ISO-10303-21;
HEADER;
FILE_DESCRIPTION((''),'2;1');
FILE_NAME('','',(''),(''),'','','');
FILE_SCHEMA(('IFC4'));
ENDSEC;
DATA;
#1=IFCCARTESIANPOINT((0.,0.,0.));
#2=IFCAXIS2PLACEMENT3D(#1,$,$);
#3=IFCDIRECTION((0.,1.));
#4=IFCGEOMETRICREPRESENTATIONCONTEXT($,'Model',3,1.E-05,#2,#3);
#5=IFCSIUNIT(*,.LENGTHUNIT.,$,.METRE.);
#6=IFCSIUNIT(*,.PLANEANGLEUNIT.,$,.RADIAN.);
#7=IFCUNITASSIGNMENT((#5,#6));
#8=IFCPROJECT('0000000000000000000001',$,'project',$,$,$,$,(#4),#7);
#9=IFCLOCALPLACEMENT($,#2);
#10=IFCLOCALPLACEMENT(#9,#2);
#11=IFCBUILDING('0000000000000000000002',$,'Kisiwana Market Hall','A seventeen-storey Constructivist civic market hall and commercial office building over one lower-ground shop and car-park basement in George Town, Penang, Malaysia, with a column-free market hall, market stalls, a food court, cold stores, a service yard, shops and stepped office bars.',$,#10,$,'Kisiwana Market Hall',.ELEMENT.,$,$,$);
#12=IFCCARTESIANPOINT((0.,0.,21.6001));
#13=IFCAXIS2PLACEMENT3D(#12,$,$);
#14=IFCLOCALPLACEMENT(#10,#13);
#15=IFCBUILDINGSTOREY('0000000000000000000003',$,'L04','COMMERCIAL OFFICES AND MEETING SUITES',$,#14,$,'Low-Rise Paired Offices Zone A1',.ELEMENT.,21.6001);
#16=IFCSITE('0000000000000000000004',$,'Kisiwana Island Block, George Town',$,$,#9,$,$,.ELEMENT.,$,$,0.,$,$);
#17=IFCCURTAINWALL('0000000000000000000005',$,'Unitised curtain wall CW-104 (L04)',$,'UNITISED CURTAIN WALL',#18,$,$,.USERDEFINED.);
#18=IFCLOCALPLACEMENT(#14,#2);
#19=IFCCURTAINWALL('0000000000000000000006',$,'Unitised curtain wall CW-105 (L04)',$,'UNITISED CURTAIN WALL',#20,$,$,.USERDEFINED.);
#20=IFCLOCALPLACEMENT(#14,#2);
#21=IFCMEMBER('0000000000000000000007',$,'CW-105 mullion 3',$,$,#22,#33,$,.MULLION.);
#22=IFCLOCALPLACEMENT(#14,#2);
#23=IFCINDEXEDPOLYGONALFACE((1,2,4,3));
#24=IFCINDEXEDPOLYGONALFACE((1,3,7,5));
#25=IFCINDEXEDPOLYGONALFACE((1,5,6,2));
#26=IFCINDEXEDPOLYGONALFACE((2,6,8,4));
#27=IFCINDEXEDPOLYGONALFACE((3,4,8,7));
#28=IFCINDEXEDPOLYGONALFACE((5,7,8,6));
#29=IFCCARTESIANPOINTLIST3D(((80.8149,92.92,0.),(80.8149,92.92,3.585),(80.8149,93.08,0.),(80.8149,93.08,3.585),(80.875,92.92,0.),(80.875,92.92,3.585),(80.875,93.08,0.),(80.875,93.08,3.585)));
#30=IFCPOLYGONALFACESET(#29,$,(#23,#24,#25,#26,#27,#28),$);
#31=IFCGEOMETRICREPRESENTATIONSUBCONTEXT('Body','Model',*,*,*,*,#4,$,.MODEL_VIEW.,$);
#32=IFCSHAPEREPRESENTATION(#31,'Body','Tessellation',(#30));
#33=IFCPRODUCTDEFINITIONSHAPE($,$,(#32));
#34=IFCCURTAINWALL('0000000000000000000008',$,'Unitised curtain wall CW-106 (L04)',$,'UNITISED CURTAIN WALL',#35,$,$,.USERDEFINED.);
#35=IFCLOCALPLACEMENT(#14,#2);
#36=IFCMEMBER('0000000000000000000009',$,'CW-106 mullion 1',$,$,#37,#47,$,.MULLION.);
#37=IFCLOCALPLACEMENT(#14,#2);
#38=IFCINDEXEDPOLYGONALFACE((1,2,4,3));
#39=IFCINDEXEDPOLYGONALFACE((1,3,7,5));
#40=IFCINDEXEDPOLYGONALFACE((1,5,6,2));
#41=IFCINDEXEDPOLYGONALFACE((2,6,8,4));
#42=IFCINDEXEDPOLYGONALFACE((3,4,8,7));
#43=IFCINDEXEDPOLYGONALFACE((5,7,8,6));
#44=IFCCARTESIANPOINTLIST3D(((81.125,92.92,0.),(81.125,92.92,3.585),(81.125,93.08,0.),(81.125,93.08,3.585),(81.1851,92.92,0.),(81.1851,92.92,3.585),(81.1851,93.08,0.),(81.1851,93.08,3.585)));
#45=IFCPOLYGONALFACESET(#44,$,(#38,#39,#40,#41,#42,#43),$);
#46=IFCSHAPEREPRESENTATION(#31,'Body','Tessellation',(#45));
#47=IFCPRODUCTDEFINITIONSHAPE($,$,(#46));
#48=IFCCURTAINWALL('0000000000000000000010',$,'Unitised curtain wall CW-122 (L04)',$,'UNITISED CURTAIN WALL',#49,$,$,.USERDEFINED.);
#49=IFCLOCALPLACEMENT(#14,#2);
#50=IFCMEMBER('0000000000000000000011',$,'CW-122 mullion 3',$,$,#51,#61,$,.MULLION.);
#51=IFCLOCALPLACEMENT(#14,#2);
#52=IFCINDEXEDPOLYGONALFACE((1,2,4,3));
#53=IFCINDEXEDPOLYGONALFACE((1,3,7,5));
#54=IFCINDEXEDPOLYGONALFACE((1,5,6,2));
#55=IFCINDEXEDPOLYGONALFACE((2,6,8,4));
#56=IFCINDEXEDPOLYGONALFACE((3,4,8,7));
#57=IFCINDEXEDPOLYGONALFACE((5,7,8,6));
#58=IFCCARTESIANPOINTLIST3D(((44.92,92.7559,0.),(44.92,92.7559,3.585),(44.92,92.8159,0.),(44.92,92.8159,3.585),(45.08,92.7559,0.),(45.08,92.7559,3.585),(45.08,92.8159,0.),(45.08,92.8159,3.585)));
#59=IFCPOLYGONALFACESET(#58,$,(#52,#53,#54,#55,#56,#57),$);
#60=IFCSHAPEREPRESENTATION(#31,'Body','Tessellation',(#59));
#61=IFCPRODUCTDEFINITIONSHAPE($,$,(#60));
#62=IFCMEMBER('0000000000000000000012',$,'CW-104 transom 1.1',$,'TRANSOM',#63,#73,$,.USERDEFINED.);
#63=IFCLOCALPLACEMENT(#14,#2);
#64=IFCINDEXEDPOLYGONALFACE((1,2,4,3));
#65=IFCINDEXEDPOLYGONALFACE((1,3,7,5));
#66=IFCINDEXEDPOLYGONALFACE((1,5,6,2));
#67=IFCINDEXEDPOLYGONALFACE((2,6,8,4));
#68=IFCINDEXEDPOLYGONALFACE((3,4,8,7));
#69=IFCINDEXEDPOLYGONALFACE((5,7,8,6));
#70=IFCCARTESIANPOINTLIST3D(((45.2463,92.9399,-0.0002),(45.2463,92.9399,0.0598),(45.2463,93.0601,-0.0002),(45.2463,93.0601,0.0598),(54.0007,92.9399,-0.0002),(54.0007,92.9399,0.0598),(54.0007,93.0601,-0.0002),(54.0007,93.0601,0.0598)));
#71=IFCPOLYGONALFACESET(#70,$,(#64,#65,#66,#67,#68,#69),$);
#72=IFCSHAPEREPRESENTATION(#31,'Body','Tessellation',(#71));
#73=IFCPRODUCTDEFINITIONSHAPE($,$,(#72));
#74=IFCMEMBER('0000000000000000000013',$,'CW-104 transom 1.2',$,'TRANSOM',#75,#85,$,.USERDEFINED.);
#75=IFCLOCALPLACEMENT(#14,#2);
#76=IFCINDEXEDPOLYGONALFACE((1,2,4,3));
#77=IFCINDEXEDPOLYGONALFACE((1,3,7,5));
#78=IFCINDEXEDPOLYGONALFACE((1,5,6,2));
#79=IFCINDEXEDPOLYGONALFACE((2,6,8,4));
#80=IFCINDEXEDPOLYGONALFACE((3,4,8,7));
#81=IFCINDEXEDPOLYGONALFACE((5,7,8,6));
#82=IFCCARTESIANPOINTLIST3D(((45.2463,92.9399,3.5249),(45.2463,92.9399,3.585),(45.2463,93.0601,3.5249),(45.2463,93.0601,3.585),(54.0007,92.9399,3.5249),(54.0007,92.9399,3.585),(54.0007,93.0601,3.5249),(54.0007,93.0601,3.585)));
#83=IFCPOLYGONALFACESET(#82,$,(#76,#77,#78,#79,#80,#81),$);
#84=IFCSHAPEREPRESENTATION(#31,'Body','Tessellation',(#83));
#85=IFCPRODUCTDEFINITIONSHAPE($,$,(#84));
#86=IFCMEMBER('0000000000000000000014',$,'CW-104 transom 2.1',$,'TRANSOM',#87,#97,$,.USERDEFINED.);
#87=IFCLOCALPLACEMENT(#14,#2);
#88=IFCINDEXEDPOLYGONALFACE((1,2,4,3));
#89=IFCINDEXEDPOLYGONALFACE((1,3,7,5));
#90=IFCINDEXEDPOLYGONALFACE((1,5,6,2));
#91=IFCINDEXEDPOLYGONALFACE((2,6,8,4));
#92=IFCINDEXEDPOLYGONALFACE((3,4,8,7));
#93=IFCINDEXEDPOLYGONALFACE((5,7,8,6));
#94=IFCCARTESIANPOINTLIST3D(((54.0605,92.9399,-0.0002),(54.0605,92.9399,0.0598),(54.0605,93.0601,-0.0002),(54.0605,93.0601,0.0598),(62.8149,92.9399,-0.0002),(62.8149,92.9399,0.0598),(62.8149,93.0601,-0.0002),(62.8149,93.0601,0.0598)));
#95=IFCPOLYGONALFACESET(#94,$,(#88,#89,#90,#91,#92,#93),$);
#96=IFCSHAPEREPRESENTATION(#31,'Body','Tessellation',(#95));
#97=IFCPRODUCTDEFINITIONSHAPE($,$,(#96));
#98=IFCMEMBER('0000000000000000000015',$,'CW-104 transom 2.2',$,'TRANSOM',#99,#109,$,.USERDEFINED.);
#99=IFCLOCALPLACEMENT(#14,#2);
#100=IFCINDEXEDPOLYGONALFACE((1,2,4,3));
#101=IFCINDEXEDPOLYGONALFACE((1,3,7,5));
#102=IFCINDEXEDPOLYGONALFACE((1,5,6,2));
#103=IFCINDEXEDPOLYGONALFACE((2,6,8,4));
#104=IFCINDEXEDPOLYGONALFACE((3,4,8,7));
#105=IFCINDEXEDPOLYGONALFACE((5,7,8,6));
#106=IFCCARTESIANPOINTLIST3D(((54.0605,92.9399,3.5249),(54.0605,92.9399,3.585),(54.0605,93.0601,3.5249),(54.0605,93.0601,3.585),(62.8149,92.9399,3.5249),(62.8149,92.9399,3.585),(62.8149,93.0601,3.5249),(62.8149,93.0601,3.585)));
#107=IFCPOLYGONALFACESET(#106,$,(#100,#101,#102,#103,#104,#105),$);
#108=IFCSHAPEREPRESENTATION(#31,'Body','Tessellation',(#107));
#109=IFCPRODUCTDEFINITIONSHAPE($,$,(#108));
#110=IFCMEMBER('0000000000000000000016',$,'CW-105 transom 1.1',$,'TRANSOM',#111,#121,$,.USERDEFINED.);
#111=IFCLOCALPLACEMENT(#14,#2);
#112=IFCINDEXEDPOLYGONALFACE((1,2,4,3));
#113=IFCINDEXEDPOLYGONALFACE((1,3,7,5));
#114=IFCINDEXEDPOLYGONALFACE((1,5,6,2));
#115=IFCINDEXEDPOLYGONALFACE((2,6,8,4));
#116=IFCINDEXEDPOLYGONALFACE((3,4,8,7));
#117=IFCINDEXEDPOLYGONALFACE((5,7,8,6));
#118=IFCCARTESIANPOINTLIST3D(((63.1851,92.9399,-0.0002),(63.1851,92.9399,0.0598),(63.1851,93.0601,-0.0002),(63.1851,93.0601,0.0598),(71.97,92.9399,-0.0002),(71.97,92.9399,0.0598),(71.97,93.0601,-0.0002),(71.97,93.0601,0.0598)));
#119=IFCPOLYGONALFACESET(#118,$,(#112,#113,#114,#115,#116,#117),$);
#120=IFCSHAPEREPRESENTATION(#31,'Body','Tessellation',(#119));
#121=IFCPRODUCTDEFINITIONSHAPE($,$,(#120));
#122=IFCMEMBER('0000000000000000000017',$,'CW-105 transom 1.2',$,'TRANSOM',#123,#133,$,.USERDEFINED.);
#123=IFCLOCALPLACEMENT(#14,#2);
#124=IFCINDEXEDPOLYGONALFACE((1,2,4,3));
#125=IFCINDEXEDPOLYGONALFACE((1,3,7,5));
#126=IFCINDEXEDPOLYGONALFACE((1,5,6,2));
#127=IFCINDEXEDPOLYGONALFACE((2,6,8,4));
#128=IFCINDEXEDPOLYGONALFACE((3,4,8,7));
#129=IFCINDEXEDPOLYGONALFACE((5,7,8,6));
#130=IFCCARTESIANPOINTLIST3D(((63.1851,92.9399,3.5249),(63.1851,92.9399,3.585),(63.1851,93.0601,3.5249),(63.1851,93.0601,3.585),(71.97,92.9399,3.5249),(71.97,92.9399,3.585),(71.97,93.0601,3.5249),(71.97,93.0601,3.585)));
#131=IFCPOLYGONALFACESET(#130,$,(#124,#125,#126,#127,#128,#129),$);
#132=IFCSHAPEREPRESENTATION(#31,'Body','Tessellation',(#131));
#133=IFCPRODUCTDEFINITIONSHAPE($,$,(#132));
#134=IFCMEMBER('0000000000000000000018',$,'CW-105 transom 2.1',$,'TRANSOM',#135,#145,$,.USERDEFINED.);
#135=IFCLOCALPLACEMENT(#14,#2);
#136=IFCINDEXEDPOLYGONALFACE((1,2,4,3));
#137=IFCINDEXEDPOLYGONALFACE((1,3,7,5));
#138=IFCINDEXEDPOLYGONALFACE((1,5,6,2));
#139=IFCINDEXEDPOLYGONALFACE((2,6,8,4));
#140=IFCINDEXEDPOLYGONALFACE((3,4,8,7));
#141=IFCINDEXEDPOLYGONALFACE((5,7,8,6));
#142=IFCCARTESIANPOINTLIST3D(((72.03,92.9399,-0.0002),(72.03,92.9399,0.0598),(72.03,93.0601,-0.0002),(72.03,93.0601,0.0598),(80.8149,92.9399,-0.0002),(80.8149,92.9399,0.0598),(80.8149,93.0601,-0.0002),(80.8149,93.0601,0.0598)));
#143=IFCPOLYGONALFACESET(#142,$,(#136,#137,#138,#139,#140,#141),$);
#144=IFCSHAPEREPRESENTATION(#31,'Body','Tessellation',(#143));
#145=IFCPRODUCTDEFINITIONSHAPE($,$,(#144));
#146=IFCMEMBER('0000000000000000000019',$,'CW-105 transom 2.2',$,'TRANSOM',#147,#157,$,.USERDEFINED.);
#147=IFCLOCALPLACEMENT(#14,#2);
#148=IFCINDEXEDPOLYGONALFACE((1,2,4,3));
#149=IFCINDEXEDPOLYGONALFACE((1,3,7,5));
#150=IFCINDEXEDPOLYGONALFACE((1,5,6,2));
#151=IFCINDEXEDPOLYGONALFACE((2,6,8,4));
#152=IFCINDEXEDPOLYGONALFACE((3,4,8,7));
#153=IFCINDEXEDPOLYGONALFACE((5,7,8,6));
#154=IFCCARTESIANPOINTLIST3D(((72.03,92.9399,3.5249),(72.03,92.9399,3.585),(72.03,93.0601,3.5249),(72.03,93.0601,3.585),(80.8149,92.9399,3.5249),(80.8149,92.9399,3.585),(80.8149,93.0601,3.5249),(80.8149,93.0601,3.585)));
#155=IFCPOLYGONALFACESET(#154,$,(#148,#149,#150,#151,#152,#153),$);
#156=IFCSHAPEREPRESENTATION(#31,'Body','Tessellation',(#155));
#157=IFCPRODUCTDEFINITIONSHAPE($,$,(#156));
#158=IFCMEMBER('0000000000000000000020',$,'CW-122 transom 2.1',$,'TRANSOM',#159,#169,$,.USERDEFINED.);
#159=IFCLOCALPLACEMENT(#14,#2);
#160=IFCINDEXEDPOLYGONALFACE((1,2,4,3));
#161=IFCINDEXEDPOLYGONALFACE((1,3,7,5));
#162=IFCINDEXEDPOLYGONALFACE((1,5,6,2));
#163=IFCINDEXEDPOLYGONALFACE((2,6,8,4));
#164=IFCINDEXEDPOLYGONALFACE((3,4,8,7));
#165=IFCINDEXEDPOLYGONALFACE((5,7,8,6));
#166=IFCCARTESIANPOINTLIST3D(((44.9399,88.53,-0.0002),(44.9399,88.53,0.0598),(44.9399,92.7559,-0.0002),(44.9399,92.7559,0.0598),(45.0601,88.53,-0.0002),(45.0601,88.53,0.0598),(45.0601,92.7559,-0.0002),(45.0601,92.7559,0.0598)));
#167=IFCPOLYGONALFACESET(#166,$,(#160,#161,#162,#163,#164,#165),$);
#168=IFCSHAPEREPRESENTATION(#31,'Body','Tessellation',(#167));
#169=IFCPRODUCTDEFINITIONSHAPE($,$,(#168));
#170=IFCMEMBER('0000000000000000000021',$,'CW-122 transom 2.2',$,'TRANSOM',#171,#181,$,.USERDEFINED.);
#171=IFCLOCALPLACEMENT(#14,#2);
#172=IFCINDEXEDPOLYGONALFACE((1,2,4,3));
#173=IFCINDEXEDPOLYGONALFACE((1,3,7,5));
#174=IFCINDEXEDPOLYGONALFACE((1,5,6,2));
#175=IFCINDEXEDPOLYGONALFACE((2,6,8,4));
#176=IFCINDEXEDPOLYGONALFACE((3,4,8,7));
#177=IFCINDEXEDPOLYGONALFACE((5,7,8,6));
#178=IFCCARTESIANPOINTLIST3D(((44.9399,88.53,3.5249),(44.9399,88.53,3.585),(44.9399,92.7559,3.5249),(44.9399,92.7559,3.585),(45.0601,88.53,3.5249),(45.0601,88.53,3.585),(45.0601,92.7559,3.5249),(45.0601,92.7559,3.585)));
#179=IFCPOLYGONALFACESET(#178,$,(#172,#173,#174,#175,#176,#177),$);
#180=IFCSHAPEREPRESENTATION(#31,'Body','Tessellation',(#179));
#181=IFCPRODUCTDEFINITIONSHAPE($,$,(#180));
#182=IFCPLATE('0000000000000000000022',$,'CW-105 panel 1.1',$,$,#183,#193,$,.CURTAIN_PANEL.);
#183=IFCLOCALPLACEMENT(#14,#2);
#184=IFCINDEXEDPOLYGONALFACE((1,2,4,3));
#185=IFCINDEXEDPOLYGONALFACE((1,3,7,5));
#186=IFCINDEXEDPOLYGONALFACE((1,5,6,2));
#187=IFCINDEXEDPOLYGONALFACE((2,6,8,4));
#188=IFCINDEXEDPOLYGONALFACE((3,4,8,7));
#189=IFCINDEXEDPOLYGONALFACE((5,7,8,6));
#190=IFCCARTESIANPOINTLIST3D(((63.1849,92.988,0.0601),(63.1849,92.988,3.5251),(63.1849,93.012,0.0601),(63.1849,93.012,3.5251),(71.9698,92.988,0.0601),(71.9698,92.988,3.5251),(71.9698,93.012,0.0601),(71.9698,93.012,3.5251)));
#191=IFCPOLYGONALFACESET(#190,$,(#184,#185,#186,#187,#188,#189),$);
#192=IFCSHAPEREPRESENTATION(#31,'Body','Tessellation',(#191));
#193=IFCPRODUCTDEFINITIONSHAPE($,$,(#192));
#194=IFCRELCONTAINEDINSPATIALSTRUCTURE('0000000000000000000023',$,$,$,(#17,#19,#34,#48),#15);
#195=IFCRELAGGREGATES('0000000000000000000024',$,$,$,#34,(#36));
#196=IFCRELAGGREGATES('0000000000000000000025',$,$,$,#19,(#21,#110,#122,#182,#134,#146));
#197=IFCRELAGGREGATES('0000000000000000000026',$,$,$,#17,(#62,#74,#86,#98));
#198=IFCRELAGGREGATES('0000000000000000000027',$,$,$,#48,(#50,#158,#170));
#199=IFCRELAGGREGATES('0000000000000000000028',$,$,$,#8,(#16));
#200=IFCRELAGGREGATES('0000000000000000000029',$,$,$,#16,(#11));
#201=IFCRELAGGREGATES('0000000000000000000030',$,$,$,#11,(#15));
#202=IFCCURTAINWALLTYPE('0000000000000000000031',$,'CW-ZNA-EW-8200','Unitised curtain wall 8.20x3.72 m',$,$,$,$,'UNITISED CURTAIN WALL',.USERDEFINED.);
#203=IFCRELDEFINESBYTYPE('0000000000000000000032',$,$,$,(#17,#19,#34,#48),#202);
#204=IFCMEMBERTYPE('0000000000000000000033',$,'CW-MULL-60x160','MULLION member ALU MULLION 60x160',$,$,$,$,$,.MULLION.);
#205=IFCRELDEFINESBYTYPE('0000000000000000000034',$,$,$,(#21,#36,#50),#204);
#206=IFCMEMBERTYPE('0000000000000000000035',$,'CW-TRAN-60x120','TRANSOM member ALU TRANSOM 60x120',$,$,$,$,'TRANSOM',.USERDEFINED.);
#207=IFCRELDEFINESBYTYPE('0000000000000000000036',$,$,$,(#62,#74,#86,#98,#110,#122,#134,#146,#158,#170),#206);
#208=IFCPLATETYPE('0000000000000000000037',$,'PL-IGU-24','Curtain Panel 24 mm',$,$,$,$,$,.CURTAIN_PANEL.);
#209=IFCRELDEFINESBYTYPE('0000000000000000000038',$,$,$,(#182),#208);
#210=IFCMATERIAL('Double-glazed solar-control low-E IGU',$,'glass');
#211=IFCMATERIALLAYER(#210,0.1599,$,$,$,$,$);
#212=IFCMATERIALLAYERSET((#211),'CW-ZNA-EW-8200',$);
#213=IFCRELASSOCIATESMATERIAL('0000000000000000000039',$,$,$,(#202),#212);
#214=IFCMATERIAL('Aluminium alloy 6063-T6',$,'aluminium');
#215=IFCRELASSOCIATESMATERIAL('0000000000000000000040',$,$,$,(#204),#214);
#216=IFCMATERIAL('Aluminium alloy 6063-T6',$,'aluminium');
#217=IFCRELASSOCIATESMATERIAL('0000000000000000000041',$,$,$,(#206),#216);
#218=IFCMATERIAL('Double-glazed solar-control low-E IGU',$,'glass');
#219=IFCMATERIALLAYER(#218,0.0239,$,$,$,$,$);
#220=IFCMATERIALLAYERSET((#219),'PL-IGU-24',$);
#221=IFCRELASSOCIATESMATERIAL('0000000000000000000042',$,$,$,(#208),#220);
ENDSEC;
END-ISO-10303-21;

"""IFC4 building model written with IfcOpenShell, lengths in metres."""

from ifc_helpers import new_model, si_unit, direction, frame, origin, origin_2d, place, context, subcontext, project, spatial, rectangle, extrude, material, layer, layer_set, material_profile, profile_set, type_object, element, aggregate, save


model = new_model("IFC4")

# Units and contexts
model_context = context("Model", 3, precision=1e-05, world=origin(), true_north=direction((0.0, 1.0)))
body_context = subcontext(model_context, "Body", "Model", "MODEL_VIEW")
ifc_project = project(units=[si_unit("LENGTHUNIT", "METRE"), si_unit("PLANEANGLEUNIT", "RADIAN")], contexts=[model_context])

# Site, building, storey
site_placement = place(None, origin())
site = spatial("IfcSite", under=ifc_project, at=site_placement, Name="Kisiwana Island Block, George Town", CompositionType="ELEMENT", RefElevation=0.0)
building_placement = place(site_placement, origin())
building = spatial("IfcBuilding", under=site, at=building_placement, Name="Kisiwana Market Hall", Description="A seventeen-storey Constructivist civic market hall and commercial office building over one lower-ground shop and car-park basement in George Town, Penang, Malaysia, with a column-free market hall, market stalls, a food court, cold stores, a service yard, shops and stepped office bars.", LongName="Kisiwana Market Hall", CompositionType="ELEMENT")
storey_placement = place(building_placement, frame((0.0, 0.0, 21.6001)))
storey = spatial("IfcBuildingStorey", under=building, at=storey_placement, Name="L04", Description="COMMERCIAL OFFICES AND MEETING SUITES", LongName="Low-Rise Paired Offices Zone A1", CompositionType="ELEMENT", Elevation=21.6001)

# Curtain walls, member
ifc_material_1 = material(Name="Double-glazed solar-control low-E IGU", Category="glass")
ifc_layer_1 = layer(ifc_material_1, 0.1599)
ifc_layer_set_1 = layer_set([ifc_layer_1], Name="CW-ZNA-EW-8200")
curtain_wall_type = type_object("IfcCurtainWallType", Name="CW-ZNA-EW-8200", Description="Unitised curtain wall 8.20x3.72 m", ElementType="UNITISED CURTAIN WALL", PredefinedType="USERDEFINED", material=ifc_layer_set_1)
curtain_wall_1_placement = place(storey_placement, origin())
curtain_wall_1 = element("IfcCurtainWall", 1, at=curtain_wall_1_placement, inside=storey, type_object=curtain_wall_type, Name="Unitised curtain wall CW-104 (L04)", ObjectType="UNITISED CURTAIN WALL", PredefinedType="USERDEFINED")
ifc_material_2 = material(Name="Aluminium alloy 6063-T6", Category="aluminium")
ifc_material_profile_1 = material_profile(ifc_material_2, rectangle(XDim=0.0601, YDim=0.1599, at=origin_2d()), Name="ALU MULLION 60x160")
ifc_profile_set_1 = profile_set([ifc_material_profile_1], Name="Aluminium alloy 6063-T6")
member_type_1 = type_object("IfcMemberType", Name="CW-MULL-60x160", Description="MULLION member ALU MULLION 60x160", PredefinedType="MULLION", material=ifc_profile_set_1)
curtain_wall_2_placement = place(storey_placement, origin())
curtain_wall_2 = element("IfcCurtainWall", 2, at=curtain_wall_2_placement, inside=storey, type_object=curtain_wall_type, Name="Unitised curtain wall CW-105 (L04)", ObjectType="UNITISED CURTAIN WALL", PredefinedType="USERDEFINED")
member_1_placement = place(storey_placement, frame((80.845, 93.0, 0.0), z_axis=(0.0, 0.0, 1.0), x_axis=(1.0, 0.0, 0.0)))
member_1 = element("IfcMember", 3, at=member_1_placement, type_object=member_type_1, Name="CW-105 mullion 3", PredefinedType="MULLION", context=body_context, shape_type="SweptSolid", body=[
    extrude(rectangle(XDim=0.0601, YDim=0.1599, at=origin_2d()), origin(), (0.0, 0.0, 1.0), 3.585),
])

# Curtain walls, members
curtain_wall_3_placement = place(storey_placement, origin())
curtain_wall_3 = element("IfcCurtainWall", 4, at=curtain_wall_3_placement, inside=storey, type_object=curtain_wall_type, Name="Unitised curtain wall CW-106 (L04)", ObjectType="UNITISED CURTAIN WALL", PredefinedType="USERDEFINED")
member_2_placement = place(storey_placement, frame((81.155, 93.0, 0.0), z_axis=(0.0, 0.0, 1.0), x_axis=(1.0, 0.0, 0.0)))
member_2 = element("IfcMember", 5, at=member_2_placement, type_object=member_type_1, Name="CW-106 mullion 1", PredefinedType="MULLION", context=body_context, shape_type="SweptSolid", body=[
    extrude(rectangle(XDim=0.0601, YDim=0.1599, at=origin_2d()), origin(), (0.0, 0.0, 1.0), 3.585),
])
aggregate(curtain_wall_3, [member_2])
curtain_wall_4_placement = place(storey_placement, origin())
curtain_wall_4 = element("IfcCurtainWall", 6, at=curtain_wall_4_placement, inside=storey, type_object=curtain_wall_type, Name="Unitised curtain wall CW-122 (L04)", ObjectType="UNITISED CURTAIN WALL", PredefinedType="USERDEFINED")
member_3_placement = place(storey_placement, frame((45.0, 92.7859, 0.0), z_axis=(0.0, 0.0, 1.0), x_axis=(0.0, 1.0, 0.0)))
member_3 = element("IfcMember", 7, at=member_3_placement, type_object=member_type_1, Name="CW-122 mullion 3", PredefinedType="MULLION", context=body_context, shape_type="SweptSolid", body=[
    extrude(rectangle(XDim=0.0601, YDim=0.1599, at=origin_2d()), origin(), (0.0, 0.0, 1.0), 3.585),
])

# Members
ifc_material_3 = material(Name="Aluminium alloy 6063-T6", Category="aluminium")
ifc_material_profile_2 = material_profile(ifc_material_3, rectangle(XDim=0.1201, YDim=0.0601, at=origin_2d()), Name="ALU TRANSOM 60x120")
ifc_profile_set_2 = profile_set([ifc_material_profile_2], Name="Aluminium alloy 6063-T6")
member_type_2 = type_object("IfcMemberType", Name="CW-TRAN-60x120", Description="TRANSOM member ALU TRANSOM 60x120", ElementType="TRANSOM", PredefinedType="USERDEFINED", material=ifc_profile_set_2)
member_4_placement = place(storey_placement, frame((45.2463, 93.0, 0.0298), z_axis=(1.0, 0.0, 0.0), x_axis=(0.0, 1.0, 0.0)))
member_4 = element("IfcMember", 8, at=member_4_placement, type_object=member_type_2, Name="CW-104 transom 1.1", ObjectType="TRANSOM", PredefinedType="USERDEFINED", context=body_context, shape_type="SweptSolid", body=[
    extrude(rectangle(XDim=0.1201, YDim=0.0601, at=origin_2d()), origin(), (0.0, 0.0, 1.0), 8.7544),
])
member_5_placement = place(storey_placement, frame((45.2463, 93.0, 3.5549), z_axis=(1.0, 0.0, 0.0), x_axis=(0.0, 1.0, 0.0)))
member_5 = element("IfcMember", 9, at=member_5_placement, type_object=member_type_2, Name="CW-104 transom 1.2", ObjectType="TRANSOM", PredefinedType="USERDEFINED", context=body_context, shape_type="SweptSolid", body=[
    extrude(rectangle(XDim=0.1201, YDim=0.0601, at=origin_2d()), origin(), (0.0, 0.0, 1.0), 8.7544),
])
member_6_placement = place(storey_placement, frame((54.0605, 93.0, 0.0298), z_axis=(1.0, 0.0, 0.0), x_axis=(0.0, 1.0, 0.0)))
member_6 = element("IfcMember", 10, at=member_6_placement, type_object=member_type_2, Name="CW-104 transom 2.1", ObjectType="TRANSOM", PredefinedType="USERDEFINED", context=body_context, shape_type="SweptSolid", body=[
    extrude(rectangle(XDim=0.1201, YDim=0.0601, at=origin_2d()), origin(), (0.0, 0.0, 1.0), 8.7544),
])
member_7_placement = place(storey_placement, frame((54.0605, 93.0, 3.5549), z_axis=(1.0, 0.0, 0.0), x_axis=(0.0, 1.0, 0.0)))
member_7 = element("IfcMember", 11, at=member_7_placement, type_object=member_type_2, Name="CW-104 transom 2.2", ObjectType="TRANSOM", PredefinedType="USERDEFINED", context=body_context, shape_type="SweptSolid", body=[
    extrude(rectangle(XDim=0.1201, YDim=0.0601, at=origin_2d()), origin(), (0.0, 0.0, 1.0), 8.7544),
])
member_8_placement = place(storey_placement, frame((63.1851, 93.0, 0.0298), z_axis=(1.0, 0.0, 0.0), x_axis=(0.0, 1.0, 0.0)))
member_8 = element("IfcMember", 12, at=member_8_placement, type_object=member_type_2, Name="CW-105 transom 1.1", ObjectType="TRANSOM", PredefinedType="USERDEFINED", context=body_context, shape_type="SweptSolid", body=[
    extrude(rectangle(XDim=0.1201, YDim=0.0601, at=origin_2d()), origin(), (0.0, 0.0, 1.0), 8.7849),
])
member_9_placement = place(storey_placement, frame((63.1851, 93.0, 3.5549), z_axis=(1.0, 0.0, 0.0), x_axis=(0.0, 1.0, 0.0)))
member_9 = element("IfcMember", 13, at=member_9_placement, type_object=member_type_2, Name="CW-105 transom 1.2", ObjectType="TRANSOM", PredefinedType="USERDEFINED", context=body_context, shape_type="SweptSolid", body=[
    extrude(rectangle(XDim=0.1201, YDim=0.0601, at=origin_2d()), origin(), (0.0, 0.0, 1.0), 8.7849),
])
member_10_placement = place(storey_placement, frame((72.03, 93.0, 0.0298), z_axis=(1.0, 0.0, 0.0), x_axis=(0.0, 1.0, 0.0)))
member_10 = element("IfcMember", 14, at=member_10_placement, type_object=member_type_2, Name="CW-105 transom 2.1", ObjectType="TRANSOM", PredefinedType="USERDEFINED", context=body_context, shape_type="SweptSolid", body=[
    extrude(rectangle(XDim=0.1201, YDim=0.0601, at=origin_2d()), origin(), (0.0, 0.0, 1.0), 8.7849),
])
member_11_placement = place(storey_placement, frame((72.03, 93.0, 3.5549), z_axis=(1.0, 0.0, 0.0), x_axis=(0.0, 1.0, 0.0)))
member_11 = element("IfcMember", 15, at=member_11_placement, type_object=member_type_2, Name="CW-105 transom 2.2", ObjectType="TRANSOM", PredefinedType="USERDEFINED", context=body_context, shape_type="SweptSolid", body=[
    extrude(rectangle(XDim=0.1201, YDim=0.0601, at=origin_2d()), origin(), (0.0, 0.0, 1.0), 8.7849),
])
member_12_placement = place(storey_placement, frame((45.0, 88.53, 0.0298), z_axis=(0.0, 1.0, 0.0), x_axis=(-1.0, 0.0, 0.0)))
member_12 = element("IfcMember", 16, at=member_12_placement, type_object=member_type_2, Name="CW-122 transom 2.1", ObjectType="TRANSOM", PredefinedType="USERDEFINED", context=body_context, shape_type="SweptSolid", body=[
    extrude(rectangle(XDim=0.1201, YDim=0.0601, at=origin_2d()), origin(), (0.0, 0.0, 1.0), 4.2258),
])
member_13_placement = place(storey_placement, frame((45.0, 88.53, 3.5549), z_axis=(0.0, 1.0, 0.0), x_axis=(-1.0, 0.0, 0.0)))
member_13 = element("IfcMember", 17, at=member_13_placement, type_object=member_type_2, Name="CW-122 transom 2.2", ObjectType="TRANSOM", PredefinedType="USERDEFINED", context=body_context, shape_type="SweptSolid", body=[
    extrude(rectangle(XDim=0.1201, YDim=0.0601, at=origin_2d()), origin(), (0.0, 0.0, 1.0), 4.2258),
])

# Plate
ifc_material_4 = material(Name="Double-glazed solar-control low-E IGU", Category="glass")
ifc_layer_2 = layer(ifc_material_4, 0.0239)
ifc_layer_set_2 = layer_set([ifc_layer_2], Name="PL-IGU-24")
plate_type_1 = type_object("IfcPlateType", Name="PL-IGU-24", Description="Curtain Panel 24 mm", PredefinedType="CURTAIN_PANEL", material=ifc_layer_set_2)
plate_1_placement = place(storey_placement, frame((67.5774, 93.0, 0.0601), z_axis=(0.0, 0.0, 1.0), x_axis=(1.0, 0.0, 0.0)))
plate_1 = element("IfcPlate", 18, at=plate_1_placement, type_object=plate_type_1, Name="CW-105 panel 1.1", PredefinedType="CURTAIN_PANEL", context=body_context, shape_type="SweptSolid", body=[
    extrude(rectangle(XDim=8.7849, YDim=0.0239, at=origin_2d()), origin(), (0.0, 0.0, 1.0), 3.4651),
])
aggregate(curtain_wall_2, [member_1, member_8, member_9, plate_1, member_10, member_11])
aggregate(curtain_wall_1, [member_4, member_5, member_6, member_7])
aggregate(curtain_wall_4, [member_3, member_12, member_13])

save(model, "model.ifc")
